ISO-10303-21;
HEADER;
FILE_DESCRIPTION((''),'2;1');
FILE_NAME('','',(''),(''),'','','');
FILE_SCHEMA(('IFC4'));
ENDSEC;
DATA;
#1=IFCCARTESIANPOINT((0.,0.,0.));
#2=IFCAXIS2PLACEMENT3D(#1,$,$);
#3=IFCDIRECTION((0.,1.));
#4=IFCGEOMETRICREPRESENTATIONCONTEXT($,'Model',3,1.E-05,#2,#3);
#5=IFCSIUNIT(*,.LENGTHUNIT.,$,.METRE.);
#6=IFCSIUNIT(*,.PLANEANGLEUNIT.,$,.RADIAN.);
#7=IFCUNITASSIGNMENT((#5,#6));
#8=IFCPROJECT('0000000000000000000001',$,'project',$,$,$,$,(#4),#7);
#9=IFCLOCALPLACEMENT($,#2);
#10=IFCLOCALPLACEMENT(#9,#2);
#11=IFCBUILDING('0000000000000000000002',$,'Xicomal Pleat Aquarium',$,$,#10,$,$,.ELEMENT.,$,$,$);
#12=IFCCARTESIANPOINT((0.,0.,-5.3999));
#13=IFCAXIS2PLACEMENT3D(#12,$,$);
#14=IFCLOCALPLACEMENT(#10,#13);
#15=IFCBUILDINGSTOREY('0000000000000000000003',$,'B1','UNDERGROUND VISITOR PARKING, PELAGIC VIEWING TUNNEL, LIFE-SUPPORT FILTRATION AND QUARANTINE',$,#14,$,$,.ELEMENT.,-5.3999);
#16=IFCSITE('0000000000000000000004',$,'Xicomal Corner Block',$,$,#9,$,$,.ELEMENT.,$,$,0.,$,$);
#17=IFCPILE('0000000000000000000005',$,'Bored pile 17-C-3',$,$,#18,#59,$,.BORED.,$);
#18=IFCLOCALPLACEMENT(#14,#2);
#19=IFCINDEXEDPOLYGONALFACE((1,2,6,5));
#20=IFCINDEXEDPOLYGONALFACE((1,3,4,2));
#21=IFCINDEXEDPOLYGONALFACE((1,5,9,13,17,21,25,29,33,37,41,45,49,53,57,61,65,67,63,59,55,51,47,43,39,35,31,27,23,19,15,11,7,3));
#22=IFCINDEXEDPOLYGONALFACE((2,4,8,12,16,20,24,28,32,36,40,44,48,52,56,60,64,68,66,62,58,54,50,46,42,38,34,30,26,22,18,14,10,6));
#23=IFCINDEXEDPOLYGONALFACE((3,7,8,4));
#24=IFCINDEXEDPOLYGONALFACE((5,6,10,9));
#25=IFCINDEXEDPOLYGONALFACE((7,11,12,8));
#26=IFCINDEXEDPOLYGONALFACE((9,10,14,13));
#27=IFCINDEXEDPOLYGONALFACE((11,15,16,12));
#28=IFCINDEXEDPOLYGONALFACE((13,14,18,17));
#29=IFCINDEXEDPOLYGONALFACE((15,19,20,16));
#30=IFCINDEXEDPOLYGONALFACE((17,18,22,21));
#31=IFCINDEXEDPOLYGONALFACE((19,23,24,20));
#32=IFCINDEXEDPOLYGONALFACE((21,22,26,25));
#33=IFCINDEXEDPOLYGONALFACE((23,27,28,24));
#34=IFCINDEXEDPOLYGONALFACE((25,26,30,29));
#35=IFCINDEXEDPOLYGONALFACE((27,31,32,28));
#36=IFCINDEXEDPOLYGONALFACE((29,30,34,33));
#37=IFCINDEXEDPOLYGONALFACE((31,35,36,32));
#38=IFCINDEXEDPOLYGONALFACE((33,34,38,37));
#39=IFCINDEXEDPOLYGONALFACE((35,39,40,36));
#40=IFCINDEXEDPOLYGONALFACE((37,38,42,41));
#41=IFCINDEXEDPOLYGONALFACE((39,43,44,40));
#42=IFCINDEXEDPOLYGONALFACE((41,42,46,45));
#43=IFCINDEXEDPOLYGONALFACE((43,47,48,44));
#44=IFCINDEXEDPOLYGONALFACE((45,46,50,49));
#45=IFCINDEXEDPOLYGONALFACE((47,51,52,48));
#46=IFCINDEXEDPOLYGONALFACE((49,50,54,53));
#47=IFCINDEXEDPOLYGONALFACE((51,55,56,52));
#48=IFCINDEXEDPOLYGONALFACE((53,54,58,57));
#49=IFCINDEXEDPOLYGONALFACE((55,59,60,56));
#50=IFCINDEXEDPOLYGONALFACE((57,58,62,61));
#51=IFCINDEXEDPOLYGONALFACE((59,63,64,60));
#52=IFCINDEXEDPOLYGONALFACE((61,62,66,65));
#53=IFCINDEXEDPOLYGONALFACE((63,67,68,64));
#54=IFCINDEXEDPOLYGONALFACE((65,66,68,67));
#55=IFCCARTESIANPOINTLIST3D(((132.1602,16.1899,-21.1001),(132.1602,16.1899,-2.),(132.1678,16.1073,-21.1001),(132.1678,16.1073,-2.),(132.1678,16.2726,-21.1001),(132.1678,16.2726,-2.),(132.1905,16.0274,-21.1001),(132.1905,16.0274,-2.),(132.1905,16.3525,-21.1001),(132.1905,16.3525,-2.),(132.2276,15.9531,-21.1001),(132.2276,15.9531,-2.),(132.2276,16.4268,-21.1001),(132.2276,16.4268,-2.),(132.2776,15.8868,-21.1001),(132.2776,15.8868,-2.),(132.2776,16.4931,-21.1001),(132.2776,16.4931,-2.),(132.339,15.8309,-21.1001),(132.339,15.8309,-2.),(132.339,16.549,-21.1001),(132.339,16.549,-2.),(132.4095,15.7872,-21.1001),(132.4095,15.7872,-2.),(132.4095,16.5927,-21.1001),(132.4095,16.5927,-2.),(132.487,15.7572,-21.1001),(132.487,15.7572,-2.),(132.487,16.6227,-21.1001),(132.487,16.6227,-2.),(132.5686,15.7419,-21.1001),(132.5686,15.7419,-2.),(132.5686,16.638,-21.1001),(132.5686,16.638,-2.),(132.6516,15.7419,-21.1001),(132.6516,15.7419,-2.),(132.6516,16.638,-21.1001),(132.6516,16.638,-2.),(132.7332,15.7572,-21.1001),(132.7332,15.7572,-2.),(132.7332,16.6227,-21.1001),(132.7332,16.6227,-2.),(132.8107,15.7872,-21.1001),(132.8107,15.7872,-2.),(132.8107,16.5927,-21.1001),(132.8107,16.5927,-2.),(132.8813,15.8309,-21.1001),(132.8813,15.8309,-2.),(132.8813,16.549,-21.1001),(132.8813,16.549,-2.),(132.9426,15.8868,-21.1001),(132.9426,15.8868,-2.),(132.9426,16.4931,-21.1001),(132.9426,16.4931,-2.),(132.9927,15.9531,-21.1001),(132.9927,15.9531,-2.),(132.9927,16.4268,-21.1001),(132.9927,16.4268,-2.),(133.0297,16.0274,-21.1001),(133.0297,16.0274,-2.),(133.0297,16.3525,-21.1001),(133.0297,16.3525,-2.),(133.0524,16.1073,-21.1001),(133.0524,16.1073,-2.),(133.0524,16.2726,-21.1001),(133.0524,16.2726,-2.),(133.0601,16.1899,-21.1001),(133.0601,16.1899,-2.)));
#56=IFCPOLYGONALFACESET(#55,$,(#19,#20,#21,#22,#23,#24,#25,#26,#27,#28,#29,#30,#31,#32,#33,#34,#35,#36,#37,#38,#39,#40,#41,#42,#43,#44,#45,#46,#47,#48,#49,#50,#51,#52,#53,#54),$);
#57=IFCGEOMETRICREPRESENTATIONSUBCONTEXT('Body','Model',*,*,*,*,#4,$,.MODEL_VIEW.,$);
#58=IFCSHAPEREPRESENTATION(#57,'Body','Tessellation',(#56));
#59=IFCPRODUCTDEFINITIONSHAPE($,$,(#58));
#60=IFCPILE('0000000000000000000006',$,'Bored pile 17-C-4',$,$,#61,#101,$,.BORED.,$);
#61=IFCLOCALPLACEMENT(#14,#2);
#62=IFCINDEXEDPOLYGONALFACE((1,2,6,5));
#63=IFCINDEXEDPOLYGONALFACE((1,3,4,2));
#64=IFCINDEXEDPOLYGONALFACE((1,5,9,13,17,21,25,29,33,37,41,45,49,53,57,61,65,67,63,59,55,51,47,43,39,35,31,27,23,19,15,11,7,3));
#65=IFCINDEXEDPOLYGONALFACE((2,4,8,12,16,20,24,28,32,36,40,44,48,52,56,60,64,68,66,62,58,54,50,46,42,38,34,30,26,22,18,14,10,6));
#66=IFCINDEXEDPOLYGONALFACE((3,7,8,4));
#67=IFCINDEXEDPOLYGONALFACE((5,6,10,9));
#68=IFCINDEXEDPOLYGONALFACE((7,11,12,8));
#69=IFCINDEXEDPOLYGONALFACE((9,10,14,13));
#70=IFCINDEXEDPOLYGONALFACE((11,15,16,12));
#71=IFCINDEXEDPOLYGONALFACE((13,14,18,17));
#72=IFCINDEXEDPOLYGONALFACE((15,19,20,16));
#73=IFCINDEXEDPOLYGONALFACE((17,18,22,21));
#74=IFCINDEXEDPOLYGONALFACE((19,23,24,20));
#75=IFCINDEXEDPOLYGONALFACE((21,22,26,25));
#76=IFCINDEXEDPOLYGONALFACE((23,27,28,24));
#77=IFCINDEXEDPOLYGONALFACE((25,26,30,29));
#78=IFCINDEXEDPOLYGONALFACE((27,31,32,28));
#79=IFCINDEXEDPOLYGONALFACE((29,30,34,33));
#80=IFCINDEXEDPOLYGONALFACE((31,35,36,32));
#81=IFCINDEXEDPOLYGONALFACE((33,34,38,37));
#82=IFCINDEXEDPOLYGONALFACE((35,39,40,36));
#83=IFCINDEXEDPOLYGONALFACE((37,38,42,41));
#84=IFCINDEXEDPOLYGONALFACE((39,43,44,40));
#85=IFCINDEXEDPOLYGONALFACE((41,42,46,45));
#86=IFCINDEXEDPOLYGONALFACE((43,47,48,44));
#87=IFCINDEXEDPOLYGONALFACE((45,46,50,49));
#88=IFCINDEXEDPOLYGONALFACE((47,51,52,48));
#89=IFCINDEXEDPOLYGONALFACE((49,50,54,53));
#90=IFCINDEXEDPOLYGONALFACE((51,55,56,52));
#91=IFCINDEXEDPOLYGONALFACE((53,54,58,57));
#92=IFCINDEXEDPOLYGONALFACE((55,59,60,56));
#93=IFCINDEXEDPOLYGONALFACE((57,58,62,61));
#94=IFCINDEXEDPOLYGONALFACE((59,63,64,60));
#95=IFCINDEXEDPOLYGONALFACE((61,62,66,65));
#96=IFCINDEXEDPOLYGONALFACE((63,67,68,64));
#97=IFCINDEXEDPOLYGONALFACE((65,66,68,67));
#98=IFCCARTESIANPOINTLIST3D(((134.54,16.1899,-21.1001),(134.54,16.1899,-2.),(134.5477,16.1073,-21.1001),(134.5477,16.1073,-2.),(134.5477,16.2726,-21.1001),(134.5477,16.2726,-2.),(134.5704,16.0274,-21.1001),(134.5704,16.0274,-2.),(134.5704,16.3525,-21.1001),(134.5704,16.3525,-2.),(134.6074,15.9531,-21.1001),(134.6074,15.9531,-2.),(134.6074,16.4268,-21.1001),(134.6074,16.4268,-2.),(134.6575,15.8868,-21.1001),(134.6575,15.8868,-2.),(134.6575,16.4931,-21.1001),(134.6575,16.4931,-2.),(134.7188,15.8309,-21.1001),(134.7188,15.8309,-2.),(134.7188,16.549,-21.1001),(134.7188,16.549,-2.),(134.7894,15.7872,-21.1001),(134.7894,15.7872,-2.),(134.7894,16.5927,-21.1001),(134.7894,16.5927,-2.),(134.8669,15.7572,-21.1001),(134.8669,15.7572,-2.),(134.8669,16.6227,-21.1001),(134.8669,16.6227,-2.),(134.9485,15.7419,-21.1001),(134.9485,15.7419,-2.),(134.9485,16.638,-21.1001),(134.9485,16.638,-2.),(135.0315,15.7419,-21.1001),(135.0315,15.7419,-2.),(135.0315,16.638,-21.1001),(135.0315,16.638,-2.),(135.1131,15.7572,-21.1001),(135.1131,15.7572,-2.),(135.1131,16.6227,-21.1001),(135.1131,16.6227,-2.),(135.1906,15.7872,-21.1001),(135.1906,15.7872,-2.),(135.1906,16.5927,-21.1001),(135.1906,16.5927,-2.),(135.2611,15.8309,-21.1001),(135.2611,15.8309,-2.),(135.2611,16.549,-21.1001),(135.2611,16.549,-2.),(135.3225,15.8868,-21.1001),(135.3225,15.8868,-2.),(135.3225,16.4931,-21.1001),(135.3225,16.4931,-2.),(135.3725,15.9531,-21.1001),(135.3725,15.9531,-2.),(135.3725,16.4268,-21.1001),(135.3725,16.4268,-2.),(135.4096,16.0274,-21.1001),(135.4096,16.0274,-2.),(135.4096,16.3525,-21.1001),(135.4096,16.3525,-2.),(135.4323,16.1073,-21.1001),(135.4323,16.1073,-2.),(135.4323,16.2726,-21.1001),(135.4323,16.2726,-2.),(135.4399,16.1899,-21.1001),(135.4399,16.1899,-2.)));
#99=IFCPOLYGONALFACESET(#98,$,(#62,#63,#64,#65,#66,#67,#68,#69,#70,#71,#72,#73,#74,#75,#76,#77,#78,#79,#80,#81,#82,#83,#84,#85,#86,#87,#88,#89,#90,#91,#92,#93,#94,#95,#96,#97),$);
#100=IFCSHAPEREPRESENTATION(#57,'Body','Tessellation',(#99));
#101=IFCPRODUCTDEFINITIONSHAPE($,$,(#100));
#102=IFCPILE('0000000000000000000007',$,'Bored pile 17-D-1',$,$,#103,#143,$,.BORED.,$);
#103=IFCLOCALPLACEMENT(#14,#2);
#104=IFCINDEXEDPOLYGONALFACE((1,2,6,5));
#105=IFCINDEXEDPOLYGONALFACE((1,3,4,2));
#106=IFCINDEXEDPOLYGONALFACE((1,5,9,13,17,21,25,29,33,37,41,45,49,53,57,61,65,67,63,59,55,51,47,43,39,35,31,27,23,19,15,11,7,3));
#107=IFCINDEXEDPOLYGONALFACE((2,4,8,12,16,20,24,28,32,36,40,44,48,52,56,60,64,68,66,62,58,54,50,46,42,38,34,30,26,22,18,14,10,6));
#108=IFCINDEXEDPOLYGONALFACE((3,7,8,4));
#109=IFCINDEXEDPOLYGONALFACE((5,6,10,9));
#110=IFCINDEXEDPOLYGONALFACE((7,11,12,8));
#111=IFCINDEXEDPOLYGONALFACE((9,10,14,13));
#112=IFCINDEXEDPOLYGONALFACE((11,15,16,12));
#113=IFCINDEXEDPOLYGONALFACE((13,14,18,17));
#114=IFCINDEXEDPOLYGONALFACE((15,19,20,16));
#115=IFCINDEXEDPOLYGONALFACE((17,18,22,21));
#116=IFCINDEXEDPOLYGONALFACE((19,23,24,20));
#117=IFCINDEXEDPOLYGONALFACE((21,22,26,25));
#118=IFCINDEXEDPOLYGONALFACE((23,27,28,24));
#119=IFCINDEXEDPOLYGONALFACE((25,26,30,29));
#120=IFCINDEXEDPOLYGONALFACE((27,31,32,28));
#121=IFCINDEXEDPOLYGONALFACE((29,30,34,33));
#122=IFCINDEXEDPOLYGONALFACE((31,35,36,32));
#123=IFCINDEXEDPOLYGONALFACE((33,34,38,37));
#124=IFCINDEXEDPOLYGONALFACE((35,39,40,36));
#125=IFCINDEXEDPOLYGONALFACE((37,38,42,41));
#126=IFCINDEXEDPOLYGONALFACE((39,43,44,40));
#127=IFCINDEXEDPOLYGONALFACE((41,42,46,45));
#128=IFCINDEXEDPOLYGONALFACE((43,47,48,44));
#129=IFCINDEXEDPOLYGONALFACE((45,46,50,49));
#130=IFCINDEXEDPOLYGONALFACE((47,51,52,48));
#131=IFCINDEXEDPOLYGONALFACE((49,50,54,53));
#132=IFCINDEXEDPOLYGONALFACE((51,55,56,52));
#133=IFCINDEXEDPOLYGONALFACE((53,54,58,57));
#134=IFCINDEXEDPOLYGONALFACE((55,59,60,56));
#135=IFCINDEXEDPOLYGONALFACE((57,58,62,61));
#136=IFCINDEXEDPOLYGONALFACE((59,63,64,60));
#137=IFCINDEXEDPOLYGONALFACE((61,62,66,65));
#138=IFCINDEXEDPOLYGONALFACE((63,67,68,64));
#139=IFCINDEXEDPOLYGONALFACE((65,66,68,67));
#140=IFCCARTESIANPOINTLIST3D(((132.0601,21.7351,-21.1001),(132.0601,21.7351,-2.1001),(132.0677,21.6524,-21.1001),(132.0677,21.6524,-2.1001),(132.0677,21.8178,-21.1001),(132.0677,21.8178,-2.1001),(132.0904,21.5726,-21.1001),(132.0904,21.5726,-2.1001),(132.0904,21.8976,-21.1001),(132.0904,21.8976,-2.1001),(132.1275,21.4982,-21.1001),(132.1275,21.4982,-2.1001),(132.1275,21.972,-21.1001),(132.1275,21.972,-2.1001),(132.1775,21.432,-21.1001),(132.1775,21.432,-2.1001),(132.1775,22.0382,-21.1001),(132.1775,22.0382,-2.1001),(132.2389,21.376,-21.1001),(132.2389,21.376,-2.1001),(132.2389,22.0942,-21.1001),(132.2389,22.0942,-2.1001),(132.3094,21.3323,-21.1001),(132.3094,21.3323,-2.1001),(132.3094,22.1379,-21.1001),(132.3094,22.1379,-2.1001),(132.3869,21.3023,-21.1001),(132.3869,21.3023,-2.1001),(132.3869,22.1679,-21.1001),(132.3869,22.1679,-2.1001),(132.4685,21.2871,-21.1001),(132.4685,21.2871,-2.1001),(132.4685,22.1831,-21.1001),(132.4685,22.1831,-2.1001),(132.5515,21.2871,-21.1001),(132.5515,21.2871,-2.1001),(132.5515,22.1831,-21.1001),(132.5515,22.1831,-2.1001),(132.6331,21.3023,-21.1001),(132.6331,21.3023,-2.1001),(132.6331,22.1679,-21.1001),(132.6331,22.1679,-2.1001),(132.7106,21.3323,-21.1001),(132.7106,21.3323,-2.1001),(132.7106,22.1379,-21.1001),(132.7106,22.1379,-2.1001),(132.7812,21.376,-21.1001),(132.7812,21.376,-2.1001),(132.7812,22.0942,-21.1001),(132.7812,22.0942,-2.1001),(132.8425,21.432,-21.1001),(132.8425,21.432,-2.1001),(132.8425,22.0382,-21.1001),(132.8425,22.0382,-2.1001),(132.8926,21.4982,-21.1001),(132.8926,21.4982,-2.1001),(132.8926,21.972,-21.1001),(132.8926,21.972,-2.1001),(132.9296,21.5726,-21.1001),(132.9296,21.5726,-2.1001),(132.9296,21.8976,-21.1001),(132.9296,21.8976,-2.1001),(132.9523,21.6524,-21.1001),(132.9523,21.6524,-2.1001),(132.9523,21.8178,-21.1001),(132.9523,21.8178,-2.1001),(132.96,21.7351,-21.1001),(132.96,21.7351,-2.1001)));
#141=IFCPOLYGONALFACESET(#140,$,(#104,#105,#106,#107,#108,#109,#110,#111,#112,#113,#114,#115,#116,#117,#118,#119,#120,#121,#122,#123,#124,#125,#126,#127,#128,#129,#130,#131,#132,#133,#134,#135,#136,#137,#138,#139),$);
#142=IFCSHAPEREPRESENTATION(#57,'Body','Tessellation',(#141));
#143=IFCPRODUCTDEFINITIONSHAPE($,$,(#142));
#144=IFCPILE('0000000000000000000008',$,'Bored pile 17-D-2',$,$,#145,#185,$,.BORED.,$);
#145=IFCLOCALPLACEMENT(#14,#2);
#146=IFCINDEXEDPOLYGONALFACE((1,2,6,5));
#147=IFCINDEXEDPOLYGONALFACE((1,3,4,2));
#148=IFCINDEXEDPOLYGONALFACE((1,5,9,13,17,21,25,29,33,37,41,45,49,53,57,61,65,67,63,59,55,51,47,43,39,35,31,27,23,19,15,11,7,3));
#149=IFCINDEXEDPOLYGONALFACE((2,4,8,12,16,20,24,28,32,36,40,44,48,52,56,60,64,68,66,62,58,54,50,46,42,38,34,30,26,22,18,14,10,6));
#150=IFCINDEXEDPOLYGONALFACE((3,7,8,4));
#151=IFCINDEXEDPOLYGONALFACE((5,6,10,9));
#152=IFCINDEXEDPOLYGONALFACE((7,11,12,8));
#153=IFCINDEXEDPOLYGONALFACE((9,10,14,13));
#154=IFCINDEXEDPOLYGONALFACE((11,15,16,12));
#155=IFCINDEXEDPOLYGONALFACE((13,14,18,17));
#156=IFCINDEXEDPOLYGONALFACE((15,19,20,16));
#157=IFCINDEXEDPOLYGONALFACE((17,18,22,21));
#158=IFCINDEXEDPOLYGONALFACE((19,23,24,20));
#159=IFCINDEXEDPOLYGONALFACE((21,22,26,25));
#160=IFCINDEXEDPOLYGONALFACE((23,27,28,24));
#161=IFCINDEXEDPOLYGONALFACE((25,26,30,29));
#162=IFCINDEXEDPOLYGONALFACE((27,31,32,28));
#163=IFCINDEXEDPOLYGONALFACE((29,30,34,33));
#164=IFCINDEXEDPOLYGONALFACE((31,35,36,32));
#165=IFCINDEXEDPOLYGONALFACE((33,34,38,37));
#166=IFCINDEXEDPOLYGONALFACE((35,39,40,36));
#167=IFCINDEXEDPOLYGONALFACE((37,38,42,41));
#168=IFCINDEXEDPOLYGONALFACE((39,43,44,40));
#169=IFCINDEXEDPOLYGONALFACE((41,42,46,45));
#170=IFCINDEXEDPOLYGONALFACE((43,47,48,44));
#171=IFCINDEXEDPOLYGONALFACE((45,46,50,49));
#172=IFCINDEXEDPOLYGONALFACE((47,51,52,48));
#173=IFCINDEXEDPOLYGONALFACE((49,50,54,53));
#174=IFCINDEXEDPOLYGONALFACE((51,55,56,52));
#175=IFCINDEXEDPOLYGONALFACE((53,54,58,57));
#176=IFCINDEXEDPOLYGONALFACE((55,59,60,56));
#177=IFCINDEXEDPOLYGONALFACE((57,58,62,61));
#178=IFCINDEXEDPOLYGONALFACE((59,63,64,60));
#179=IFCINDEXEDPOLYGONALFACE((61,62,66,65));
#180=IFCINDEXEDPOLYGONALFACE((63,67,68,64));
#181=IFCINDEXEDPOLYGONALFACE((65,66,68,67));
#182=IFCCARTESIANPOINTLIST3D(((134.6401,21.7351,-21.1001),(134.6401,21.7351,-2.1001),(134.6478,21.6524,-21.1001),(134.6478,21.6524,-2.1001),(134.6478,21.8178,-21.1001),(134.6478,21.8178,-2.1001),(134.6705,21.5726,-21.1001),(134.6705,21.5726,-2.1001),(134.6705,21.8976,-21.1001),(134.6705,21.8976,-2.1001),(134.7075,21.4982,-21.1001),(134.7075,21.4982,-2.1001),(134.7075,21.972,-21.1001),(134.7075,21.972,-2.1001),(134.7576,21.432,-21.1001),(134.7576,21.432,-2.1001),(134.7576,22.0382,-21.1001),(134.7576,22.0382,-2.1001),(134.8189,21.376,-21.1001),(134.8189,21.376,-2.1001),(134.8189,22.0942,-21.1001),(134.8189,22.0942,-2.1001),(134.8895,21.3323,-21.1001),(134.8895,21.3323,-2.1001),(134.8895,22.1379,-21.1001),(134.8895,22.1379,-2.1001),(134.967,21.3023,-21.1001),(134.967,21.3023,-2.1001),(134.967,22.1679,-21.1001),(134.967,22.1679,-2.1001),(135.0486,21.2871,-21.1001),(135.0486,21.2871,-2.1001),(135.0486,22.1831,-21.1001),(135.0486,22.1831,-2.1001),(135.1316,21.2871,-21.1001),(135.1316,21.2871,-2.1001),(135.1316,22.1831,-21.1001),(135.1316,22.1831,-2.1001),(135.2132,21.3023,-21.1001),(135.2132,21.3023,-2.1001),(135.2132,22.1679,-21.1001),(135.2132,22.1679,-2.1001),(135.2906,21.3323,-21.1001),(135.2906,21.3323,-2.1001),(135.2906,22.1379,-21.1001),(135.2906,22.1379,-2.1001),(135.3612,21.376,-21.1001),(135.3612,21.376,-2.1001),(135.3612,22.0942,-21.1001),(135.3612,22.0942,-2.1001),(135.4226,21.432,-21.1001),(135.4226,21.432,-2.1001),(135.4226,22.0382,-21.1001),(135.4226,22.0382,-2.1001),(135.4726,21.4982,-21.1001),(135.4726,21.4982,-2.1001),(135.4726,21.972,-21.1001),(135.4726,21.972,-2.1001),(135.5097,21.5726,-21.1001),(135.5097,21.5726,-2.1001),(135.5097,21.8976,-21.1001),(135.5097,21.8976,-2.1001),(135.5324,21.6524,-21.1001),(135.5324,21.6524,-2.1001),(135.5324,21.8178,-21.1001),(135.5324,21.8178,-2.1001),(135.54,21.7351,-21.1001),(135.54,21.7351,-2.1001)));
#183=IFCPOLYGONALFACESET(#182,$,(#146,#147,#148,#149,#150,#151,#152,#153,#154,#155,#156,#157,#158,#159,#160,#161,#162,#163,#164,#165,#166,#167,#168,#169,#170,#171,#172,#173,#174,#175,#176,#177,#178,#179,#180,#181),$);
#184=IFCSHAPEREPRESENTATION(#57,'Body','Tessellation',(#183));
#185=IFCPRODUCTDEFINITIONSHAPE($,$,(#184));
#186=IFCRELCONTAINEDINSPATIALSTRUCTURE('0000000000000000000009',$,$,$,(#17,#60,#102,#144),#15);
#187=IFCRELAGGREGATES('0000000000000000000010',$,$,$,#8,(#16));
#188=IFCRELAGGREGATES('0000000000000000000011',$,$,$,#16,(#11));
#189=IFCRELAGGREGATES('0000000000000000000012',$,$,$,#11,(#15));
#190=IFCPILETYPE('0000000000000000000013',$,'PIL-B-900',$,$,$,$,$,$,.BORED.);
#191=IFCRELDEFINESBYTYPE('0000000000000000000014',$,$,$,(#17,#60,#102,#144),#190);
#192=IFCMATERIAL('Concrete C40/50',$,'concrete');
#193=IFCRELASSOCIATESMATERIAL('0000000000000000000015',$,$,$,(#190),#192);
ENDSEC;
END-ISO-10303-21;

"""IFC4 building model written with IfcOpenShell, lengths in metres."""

from ifc_helpers import new_model, si_unit, direction, frame, origin, origin_2d, place, context, subcontext, project, spatial, circle, extrude, material, material_profile, profile_set, type_object, element, save


model = new_model("IFC4")

# Units and contexts
model_context = context("Model", 3, precision=1e-05, world=origin(), true_north=direction((0.0, 1.0)))
body_context = subcontext(model_context, "Body", "Model", "MODEL_VIEW")
ifc_project = project(units=[si_unit("LENGTHUNIT", "METRE"), si_unit("PLANEANGLEUNIT", "RADIAN")], contexts=[model_context])

# Site, building, storey
site_placement = place(None, origin())
site = spatial("IfcSite", under=ifc_project, at=site_placement, Name="Xicomal Corner Block", CompositionType="ELEMENT", RefElevation=0.0)
building_placement = place(site_placement, origin())
building = spatial("IfcBuilding", under=site, at=building_placement, Name="Xicomal Pleat Aquarium", CompositionType="ELEMENT")
storey_placement = place(building_placement, frame((0.0, 0.0, -5.3999)))
storey = spatial("IfcBuildingStorey", under=building, at=storey_placement, Name="B1", Description="UNDERGROUND VISITOR PARKING, PELAGIC VIEWING TUNNEL, LIFE-SUPPORT FILTRATION AND QUARANTINE", CompositionType="ELEMENT", Elevation=-5.3999)

# Piles
ifc_material_1 = material(Name="Concrete C40/50", Category="concrete")
ifc_material_profile_1 = material_profile(ifc_material_1, circle(Radius=0.45, at=origin_2d()), Name="BORED PILE D900")
ifc_profile_set_1 = profile_set([ifc_material_profile_1], Name="Concrete C40/50")
pile_type_1 = type_object("IfcPileType", Name="PIL-B-900", PredefinedType="BORED", material=ifc_profile_set_1)
for number, where, z_axis, x_axis, name in (
    (1, (132.6101, 16.1899, -2.0), (0.0, 0.0, -1.0), (1.0, 0.0, 0.0), "Bored pile 17-C-3"),
    (2, (134.99, 16.1899, -2.0), (0.0, 0.0, -1.0), (1.0, 0.0, 0.0), "Bored pile 17-C-4"),
):
    element("IfcPile", number, at=place(storey_placement, frame(where, z_axis=z_axis, x_axis=x_axis)), inside=storey, type_object=pile_type_1, Name=name, PredefinedType="BORED", context=body_context, shape_type="SweptSolid", body=[
        extrude(circle(Radius=0.45, at=origin_2d()), origin(), (0.0, 0.0, 1.0), 19.1001),
    ])
for number, where, z_axis, x_axis, name in (
    (3, (132.51, 21.7351, -2.1001), (0.0, 0.0, -1.0), (1.0, 0.0, 0.0), "Bored pile 17-D-1"),
    (4, (135.0901, 21.7351, -2.1001), (0.0, 0.0, -1.0), (1.0, 0.0, 0.0), "Bored pile 17-D-2"),
):
    element("IfcPile", number, at=place(storey_placement, frame(where, z_axis=z_axis, x_axis=x_axis)), inside=storey, type_object=pile_type_1, Name=name, PredefinedType="BORED", context=body_context, shape_type="SweptSolid", body=[
        extrude(circle(Radius=0.45, at=origin_2d()), origin(), (0.0, 0.0, 1.0), 19.0),
    ])

save(model, "model.ifc")
